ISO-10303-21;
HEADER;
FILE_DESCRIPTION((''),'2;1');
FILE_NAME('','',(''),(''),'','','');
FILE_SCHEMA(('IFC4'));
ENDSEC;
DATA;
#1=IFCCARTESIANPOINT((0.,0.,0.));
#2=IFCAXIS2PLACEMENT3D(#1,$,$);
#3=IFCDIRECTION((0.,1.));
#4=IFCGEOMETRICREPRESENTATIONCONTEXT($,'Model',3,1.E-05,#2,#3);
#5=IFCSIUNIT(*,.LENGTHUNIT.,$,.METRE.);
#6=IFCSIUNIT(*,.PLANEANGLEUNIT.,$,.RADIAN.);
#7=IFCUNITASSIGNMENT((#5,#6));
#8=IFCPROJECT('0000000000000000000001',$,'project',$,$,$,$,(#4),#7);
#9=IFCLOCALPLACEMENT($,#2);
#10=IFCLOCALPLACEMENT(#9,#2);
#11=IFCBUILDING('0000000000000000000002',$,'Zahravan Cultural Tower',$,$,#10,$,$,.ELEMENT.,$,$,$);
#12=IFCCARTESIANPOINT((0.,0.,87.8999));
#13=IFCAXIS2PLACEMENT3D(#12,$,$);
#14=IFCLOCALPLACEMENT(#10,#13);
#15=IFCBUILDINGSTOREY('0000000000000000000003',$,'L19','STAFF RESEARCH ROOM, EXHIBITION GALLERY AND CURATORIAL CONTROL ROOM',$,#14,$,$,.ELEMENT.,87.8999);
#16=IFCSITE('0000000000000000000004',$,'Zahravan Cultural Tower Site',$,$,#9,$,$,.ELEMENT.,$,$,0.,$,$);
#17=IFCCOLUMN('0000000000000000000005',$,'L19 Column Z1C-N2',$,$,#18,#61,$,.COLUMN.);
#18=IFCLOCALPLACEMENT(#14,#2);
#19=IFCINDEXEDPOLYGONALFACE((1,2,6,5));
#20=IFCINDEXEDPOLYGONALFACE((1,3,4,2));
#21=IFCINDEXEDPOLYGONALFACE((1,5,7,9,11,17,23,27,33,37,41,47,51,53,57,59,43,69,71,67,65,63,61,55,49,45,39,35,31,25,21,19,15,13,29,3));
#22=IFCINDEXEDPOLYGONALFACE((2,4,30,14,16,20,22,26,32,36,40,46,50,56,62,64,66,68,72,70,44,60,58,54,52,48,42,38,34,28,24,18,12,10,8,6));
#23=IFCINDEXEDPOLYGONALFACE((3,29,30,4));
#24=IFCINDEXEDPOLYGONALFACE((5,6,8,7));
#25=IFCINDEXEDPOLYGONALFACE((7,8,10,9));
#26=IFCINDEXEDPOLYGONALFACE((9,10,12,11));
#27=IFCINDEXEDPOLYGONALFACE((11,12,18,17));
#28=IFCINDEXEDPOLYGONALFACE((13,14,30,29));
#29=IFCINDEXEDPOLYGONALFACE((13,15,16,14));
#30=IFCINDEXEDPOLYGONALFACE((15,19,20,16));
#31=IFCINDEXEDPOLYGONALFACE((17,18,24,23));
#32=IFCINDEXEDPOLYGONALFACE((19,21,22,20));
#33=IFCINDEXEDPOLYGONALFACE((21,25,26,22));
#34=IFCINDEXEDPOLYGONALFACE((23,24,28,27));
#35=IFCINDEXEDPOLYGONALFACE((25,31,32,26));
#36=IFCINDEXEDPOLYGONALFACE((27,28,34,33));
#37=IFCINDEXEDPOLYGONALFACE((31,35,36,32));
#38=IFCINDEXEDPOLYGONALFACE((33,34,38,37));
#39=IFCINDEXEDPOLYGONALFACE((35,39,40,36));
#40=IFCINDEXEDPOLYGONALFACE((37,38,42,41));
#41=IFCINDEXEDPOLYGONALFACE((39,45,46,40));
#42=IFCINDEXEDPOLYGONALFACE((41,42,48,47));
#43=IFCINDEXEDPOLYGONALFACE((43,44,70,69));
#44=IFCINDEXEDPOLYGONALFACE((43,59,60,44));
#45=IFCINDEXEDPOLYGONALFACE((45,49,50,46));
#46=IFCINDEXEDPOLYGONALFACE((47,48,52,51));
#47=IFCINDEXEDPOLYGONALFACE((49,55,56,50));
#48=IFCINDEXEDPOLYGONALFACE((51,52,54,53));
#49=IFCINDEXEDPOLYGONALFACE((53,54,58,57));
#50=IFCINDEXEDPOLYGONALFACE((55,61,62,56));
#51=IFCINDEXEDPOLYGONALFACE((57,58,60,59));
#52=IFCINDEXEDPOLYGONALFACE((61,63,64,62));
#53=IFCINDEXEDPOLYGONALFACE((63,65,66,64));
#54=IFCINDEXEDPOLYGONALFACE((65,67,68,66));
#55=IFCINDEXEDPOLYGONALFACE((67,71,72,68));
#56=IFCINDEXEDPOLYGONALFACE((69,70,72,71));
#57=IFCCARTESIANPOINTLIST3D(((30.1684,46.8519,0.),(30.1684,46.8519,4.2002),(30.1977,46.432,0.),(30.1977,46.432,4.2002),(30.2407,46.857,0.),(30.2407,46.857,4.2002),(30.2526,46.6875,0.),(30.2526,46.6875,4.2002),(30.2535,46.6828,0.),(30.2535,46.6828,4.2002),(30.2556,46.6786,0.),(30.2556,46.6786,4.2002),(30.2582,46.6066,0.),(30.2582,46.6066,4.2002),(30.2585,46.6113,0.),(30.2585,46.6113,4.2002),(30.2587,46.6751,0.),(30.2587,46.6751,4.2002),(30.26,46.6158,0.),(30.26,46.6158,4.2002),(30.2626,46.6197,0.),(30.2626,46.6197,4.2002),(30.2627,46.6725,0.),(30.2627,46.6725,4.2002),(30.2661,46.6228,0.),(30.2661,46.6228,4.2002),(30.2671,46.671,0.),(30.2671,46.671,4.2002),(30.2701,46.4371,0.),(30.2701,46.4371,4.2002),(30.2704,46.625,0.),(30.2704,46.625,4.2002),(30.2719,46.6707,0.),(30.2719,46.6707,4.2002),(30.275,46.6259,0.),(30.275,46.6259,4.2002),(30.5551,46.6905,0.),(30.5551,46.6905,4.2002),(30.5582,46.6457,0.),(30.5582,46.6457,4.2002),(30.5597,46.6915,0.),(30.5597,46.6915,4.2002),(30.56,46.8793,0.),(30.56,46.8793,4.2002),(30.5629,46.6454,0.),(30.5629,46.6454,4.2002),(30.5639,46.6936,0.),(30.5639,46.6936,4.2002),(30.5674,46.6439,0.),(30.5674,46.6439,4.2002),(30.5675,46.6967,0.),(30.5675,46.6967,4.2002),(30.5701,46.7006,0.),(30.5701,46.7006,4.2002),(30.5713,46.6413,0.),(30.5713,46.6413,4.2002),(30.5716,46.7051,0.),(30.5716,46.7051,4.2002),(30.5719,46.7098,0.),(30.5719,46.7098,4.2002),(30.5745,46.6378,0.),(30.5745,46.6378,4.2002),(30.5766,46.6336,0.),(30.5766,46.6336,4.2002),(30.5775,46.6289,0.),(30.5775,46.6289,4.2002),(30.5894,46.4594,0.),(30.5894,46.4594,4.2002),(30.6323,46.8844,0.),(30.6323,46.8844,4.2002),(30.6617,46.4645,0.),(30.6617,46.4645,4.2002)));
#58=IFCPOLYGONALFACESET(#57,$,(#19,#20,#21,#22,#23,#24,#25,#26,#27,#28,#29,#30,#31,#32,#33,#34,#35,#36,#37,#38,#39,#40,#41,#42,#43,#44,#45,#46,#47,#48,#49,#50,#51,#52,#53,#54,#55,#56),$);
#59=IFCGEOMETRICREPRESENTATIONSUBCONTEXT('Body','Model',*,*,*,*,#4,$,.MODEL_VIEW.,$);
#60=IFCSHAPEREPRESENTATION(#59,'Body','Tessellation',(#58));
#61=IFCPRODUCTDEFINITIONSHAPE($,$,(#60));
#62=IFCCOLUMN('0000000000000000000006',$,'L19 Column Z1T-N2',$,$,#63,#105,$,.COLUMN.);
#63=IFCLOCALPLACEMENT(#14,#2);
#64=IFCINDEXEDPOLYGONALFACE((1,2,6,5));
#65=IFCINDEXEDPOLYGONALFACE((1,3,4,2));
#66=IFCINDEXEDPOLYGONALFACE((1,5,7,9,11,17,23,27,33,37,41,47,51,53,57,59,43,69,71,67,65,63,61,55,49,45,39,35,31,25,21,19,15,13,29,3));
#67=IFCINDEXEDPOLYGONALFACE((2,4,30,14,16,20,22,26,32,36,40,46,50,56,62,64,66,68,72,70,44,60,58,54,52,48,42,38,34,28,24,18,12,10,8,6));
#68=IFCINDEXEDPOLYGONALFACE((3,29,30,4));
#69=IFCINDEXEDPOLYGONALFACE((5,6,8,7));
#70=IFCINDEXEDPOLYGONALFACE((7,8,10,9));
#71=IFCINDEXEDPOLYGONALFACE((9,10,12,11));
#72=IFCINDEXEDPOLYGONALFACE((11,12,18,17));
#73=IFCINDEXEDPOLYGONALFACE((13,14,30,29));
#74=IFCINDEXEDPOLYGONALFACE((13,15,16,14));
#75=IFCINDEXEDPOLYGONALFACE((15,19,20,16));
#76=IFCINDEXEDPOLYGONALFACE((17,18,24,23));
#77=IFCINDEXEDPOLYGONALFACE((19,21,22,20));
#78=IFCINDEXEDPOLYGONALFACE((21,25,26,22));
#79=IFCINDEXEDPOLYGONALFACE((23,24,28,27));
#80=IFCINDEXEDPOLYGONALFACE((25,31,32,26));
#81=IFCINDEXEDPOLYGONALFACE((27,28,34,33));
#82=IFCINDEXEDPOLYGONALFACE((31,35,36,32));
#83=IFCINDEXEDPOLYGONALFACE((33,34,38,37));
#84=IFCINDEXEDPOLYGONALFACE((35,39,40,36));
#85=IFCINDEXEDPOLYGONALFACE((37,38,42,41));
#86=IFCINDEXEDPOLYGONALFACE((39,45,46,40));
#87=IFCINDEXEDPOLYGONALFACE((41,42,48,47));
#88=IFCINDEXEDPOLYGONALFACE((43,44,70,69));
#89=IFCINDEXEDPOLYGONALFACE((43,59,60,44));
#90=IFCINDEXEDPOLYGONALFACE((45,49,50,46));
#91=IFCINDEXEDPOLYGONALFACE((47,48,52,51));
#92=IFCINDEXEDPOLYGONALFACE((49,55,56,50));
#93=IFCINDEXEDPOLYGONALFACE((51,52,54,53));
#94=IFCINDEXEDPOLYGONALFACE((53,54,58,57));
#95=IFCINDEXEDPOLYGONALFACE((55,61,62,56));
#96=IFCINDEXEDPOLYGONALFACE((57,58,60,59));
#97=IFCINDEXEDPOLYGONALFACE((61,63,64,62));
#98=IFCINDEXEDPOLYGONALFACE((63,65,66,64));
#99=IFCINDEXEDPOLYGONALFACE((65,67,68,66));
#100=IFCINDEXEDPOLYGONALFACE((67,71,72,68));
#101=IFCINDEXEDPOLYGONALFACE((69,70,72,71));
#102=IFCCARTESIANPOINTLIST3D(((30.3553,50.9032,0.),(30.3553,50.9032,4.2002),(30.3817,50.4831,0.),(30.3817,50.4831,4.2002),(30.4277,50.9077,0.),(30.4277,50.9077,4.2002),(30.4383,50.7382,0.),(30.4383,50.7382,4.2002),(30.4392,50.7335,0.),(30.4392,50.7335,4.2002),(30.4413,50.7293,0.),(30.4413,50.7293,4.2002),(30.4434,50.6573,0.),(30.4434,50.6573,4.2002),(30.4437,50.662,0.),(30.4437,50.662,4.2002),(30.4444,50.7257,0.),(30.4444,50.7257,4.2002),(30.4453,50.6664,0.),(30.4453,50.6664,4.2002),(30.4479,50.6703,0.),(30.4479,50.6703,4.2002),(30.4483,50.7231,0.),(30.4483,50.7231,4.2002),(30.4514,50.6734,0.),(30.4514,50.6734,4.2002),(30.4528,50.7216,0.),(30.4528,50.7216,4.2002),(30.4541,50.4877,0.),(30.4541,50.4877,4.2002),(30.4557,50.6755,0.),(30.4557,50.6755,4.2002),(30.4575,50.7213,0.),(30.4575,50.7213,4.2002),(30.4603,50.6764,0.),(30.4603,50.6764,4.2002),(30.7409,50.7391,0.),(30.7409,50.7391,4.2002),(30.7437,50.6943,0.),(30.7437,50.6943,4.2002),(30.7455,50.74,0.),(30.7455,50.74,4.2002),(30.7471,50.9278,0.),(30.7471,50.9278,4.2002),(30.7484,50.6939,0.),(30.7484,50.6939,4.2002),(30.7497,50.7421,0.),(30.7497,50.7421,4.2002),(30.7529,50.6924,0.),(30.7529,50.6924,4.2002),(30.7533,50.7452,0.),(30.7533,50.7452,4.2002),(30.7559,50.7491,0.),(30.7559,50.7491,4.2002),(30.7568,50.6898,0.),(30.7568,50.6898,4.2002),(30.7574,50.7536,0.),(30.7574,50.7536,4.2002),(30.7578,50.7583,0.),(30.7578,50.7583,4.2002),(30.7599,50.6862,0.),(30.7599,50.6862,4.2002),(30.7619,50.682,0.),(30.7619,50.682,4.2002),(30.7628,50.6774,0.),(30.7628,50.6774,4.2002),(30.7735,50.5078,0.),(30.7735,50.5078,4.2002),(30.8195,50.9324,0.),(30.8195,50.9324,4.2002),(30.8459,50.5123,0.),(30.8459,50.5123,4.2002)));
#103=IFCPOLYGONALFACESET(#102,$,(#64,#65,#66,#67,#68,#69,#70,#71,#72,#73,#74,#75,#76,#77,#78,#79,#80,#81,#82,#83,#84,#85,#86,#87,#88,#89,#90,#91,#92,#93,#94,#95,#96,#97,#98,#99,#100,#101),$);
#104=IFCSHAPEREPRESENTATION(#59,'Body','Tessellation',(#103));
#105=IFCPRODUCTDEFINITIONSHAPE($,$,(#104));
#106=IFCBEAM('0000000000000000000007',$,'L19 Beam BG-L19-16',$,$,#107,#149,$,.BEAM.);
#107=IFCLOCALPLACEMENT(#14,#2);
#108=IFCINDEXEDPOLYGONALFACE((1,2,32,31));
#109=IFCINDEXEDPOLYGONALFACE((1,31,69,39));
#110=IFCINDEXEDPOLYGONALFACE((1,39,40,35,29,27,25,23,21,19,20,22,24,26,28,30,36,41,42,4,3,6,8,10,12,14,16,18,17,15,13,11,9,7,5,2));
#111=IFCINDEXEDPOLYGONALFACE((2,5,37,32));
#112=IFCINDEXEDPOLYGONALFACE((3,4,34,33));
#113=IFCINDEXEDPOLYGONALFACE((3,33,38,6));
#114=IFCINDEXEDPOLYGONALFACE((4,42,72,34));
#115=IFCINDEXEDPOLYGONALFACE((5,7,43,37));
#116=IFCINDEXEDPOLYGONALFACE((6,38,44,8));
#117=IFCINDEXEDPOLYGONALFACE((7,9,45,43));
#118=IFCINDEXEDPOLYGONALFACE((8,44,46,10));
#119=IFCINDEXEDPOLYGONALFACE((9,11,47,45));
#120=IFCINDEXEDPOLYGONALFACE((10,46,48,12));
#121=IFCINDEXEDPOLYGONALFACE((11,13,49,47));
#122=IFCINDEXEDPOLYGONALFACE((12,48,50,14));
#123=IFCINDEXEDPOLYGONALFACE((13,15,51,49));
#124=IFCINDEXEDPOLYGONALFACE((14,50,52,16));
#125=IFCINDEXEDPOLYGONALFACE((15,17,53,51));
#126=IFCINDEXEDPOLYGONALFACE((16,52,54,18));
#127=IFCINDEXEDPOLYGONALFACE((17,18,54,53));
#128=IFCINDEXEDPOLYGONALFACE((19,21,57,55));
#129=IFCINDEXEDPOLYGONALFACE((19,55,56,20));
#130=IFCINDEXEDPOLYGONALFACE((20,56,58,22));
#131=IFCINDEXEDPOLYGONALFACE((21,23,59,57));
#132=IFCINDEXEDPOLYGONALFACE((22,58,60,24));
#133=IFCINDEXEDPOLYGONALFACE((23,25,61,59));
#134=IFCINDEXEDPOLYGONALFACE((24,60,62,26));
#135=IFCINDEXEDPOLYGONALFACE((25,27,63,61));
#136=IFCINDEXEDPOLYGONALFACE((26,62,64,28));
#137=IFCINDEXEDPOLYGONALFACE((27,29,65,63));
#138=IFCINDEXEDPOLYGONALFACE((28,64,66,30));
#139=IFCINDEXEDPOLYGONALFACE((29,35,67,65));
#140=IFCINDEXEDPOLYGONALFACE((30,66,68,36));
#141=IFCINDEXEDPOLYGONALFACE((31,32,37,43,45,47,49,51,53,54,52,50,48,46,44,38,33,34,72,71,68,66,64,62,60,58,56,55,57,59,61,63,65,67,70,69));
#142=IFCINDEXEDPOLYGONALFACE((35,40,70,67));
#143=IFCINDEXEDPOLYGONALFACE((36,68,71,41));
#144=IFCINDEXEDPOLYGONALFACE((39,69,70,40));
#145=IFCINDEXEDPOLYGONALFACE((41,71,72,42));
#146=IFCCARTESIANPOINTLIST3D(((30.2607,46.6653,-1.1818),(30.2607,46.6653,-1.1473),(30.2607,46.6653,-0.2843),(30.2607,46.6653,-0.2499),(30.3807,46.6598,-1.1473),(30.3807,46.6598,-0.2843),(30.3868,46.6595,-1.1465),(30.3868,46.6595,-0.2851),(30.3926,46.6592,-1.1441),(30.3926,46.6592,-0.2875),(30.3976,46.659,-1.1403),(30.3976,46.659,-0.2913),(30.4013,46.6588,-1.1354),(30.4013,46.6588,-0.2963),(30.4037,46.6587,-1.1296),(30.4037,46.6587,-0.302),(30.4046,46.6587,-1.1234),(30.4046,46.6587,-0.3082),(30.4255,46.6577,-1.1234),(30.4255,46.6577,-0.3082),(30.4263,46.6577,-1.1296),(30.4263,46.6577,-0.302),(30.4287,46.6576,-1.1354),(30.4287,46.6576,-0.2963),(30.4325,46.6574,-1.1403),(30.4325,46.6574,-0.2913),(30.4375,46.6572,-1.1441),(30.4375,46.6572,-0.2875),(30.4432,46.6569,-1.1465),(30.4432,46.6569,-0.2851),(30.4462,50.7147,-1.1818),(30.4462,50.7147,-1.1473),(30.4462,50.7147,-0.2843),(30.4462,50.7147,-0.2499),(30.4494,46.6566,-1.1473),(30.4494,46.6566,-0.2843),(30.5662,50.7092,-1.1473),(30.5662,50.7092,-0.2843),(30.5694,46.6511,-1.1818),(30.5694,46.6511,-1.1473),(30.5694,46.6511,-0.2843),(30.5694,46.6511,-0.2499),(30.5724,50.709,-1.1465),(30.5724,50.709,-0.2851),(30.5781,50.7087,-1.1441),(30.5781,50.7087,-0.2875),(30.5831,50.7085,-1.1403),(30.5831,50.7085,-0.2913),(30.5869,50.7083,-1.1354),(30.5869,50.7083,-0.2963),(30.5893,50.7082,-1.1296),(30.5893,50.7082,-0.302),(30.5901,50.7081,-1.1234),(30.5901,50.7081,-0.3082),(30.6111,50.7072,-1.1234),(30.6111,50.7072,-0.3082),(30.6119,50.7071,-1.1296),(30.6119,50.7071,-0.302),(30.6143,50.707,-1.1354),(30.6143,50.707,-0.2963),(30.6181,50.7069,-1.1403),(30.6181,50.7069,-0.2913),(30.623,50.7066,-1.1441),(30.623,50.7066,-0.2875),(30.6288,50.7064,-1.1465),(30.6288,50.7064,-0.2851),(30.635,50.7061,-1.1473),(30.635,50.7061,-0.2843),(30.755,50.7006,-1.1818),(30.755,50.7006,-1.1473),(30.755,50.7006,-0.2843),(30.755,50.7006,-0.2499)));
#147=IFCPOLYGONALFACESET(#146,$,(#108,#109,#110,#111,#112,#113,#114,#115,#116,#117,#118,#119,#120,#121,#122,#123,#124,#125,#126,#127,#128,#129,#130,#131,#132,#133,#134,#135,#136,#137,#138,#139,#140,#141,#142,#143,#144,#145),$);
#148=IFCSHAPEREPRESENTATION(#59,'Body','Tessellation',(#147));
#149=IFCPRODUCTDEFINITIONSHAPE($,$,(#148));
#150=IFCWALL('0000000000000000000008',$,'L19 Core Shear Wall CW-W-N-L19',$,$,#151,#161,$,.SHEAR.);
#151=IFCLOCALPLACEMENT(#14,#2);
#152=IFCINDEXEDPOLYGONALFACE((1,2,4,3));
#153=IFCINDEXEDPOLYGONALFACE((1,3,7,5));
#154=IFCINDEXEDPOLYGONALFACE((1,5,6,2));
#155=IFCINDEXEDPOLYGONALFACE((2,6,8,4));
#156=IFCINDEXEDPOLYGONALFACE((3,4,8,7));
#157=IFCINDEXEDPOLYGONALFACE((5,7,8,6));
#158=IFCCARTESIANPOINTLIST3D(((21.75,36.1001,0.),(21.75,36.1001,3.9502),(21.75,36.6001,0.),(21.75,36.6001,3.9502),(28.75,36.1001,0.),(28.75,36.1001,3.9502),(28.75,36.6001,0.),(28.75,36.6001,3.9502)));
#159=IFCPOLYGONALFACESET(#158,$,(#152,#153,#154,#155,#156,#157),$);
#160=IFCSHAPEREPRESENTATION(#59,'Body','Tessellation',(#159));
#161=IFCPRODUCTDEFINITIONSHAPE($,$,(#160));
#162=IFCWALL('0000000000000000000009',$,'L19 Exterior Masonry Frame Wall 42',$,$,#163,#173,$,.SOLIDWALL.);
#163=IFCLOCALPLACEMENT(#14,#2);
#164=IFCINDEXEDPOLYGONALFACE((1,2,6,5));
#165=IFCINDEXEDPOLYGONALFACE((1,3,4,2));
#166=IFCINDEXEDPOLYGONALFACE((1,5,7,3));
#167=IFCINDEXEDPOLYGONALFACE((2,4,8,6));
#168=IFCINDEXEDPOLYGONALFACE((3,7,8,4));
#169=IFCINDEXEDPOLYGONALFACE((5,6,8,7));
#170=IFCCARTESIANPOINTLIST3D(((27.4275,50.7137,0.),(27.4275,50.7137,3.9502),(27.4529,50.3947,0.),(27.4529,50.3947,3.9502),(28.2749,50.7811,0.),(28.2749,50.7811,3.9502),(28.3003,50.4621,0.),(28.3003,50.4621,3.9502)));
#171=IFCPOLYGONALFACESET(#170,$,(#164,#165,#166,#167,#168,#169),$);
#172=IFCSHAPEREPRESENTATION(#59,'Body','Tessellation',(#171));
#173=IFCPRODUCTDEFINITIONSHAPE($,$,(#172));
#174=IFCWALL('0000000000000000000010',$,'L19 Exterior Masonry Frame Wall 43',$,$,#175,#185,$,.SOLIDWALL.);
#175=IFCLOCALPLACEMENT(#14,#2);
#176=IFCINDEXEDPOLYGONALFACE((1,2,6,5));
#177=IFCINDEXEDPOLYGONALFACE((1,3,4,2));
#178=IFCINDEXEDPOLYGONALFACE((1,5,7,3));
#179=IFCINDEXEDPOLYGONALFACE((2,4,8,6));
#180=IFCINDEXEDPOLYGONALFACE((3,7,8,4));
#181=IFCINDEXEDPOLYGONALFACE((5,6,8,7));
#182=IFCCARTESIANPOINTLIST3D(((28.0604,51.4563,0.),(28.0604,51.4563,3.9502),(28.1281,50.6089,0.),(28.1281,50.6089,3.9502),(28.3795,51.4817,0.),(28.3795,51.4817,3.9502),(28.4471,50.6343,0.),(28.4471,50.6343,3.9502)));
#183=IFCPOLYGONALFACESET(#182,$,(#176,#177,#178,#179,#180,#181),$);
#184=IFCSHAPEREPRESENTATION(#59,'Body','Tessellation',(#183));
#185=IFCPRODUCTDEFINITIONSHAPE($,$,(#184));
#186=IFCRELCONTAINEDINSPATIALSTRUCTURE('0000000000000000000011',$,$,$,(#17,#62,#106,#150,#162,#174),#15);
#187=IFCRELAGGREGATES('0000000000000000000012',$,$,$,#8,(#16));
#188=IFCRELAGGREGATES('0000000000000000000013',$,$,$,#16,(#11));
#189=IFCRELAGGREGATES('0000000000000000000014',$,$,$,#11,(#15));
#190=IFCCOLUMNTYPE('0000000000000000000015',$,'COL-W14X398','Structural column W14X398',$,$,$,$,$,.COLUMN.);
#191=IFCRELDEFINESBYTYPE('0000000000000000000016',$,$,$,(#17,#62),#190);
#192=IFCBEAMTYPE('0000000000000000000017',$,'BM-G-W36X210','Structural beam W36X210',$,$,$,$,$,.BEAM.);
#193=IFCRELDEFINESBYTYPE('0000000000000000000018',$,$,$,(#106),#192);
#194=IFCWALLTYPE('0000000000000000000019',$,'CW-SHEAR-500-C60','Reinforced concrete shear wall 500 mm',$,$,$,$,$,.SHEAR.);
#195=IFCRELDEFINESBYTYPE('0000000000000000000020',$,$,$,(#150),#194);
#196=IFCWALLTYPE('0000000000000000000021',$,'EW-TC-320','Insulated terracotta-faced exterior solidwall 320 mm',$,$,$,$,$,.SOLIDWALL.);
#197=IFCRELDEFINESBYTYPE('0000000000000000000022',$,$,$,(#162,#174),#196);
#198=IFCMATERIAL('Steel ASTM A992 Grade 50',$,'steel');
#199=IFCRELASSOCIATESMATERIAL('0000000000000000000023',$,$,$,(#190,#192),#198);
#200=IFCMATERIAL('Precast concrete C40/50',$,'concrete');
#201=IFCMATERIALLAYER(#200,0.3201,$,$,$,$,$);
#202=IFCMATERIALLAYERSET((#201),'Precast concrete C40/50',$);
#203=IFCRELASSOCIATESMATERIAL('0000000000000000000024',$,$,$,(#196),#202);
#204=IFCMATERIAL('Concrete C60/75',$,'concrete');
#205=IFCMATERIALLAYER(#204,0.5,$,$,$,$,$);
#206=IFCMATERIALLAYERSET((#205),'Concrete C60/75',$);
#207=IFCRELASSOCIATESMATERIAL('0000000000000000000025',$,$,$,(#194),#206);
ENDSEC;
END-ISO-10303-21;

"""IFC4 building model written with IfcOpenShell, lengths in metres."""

from ifc_helpers import new_model, si_unit, direction, frame, frame_2d, origin, origin_2d, place, context, subcontext, project, spatial, rectangle, i_section, extrude, source, transform, mapped, material, layer, layer_set, material_profile, profile_set, type_object, element, save


model = new_model("IFC4")

# Units and contexts
model_context = context("Model", 3, precision=1e-05, world=origin(), true_north=direction((0.0, 1.0)))
body_context = subcontext(model_context, "Body", "Model", "MODEL_VIEW")
ifc_project = project(units=[si_unit("LENGTHUNIT", "METRE"), si_unit("PLANEANGLEUNIT", "RADIAN")], contexts=[model_context])

# Site, building, storey
site_placement = place(None, origin())
site = spatial("IfcSite", under=ifc_project, at=site_placement, Name="Zahravan Cultural Tower Site", CompositionType="ELEMENT", RefElevation=0.0)
building_placement = place(site_placement, origin())
building = spatial("IfcBuilding", under=site, at=building_placement, Name="Zahravan Cultural Tower", CompositionType="ELEMENT")
storey_placement = place(building_placement, frame((0.0, 0.0, 87.8999)))
storey = spatial("IfcBuildingStorey", under=building, at=storey_placement, Name="L19", Description="STAFF RESEARCH ROOM, EXHIBITION GALLERY AND CURATORIAL CONTROL ROOM", CompositionType="ELEMENT", Elevation=87.8999)

# Columns
ifc_material_1 = material(Name="Steel ASTM A992 Grade 50", Category="steel")
ifc_material_profile_1 = material_profile(ifc_material_1, i_section(OverallWidth=0.4209, OverallDepth=0.4651, WebThickness=0.0449, FlangeThickness=0.0725, FilletRadius=0.0181, at=origin_2d()), Name="W14X398")
ifc_profile_set_1 = profile_set([ifc_material_profile_1], Name="Steel ASTM A992 Grade 50")
column_type = type_object("IfcColumnType", Name="COL-W14X398", Description="Structural column W14X398", PredefinedType="COLUMN", material=ifc_profile_set_1)
shared_shape_1 = source(origin(), body_context, "Body", "SweptSolid", [
    extrude(i_section(OverallWidth=0.4209, OverallDepth=0.4651, WebThickness=0.0449, FlangeThickness=0.0725, FilletRadius=0.0181, at=origin_2d()), origin(), (0.0, 0.0, 1.0), 4.2002),
])
for number, where, z_axis, x_axis, name in (
    (1, (30.415, 46.6582, 0.0), (0.0, 0.0, 1.0), (-0.069756, 0.997564, 0.0), "L19 Column Z1C-N2"),
    (2, (30.6006, 50.7078, 0.0), (0.0, 0.0, 1.0), (-0.062791, 0.998027, 0.0), "L19 Column Z1T-N2"),
):
    element("IfcColumn", number, at=place(storey_placement, frame(where, z_axis=z_axis, x_axis=x_axis)), inside=storey, type_object=column_type, Name=name, PredefinedType="COLUMN", context=body_context, shape_type="MappedRepresentation", body=[
        mapped(shared_shape_1, transform((0.0, 0.0, 0.0), x_axis=(1.0, 0.0, 0.0), y_axis=(0.0, 1.0, 0.0), z_axis=(0.0, 0.0, 1.0), scale=1.0)),
    ])

# Beam
ifc_material_profile_2 = material_profile(ifc_material_1, i_section(OverallWidth=0.3091, OverallDepth=0.9319, WebThickness=0.021, FlangeThickness=0.0344, FilletRadius=0.0239, at=origin_2d()), Name="W36X210")
ifc_profile_set_2 = profile_set([ifc_material_profile_2], Name="Steel ASTM A992 Grade 50")
beam_type = type_object("IfcBeamType", Name="BM-G-W36X210", Description="Structural beam W36X210", PredefinedType="BEAM", material=ifc_profile_set_2)
shared_shape_2 = source(origin(), body_context, "Body", "SweptSolid", [
    extrude(i_section(OverallWidth=0.3091, OverallDepth=0.9319, WebThickness=0.021, FlangeThickness=0.0344, FilletRadius=0.0239, at=origin_2d()), origin(), (0.0, 0.0, 1.0), 4.0537),
])
beam_placement = place(storey_placement, frame((30.415, 46.6582, -0.7158), z_axis=(0.045771, 0.998952, 0.0), x_axis=(-0.998952, 0.045771, 0.0)))
element("IfcBeam", 3, at=beam_placement, inside=storey, type_object=beam_type, Name="L19 Beam BG-L19-16", PredefinedType="BEAM", context=body_context, shape_type="MappedRepresentation", body=[
    mapped(shared_shape_2, transform((0.0, 0.0, 0.0), x_axis=(1.0, 0.0, 0.0), y_axis=(0.0, 1.0, 0.0), z_axis=(0.0, 0.0, 1.0), scale=1.0)),
])

# Shared definitions
ifc_material_2 = material(Name="Precast concrete C40/50", Category="concrete")
ifc_layer_1 = layer(ifc_material_2, 0.3201)
ifc_layer_set_1 = layer_set([ifc_layer_1], Name="Precast concrete C40/50")
wall_type_1 = type_object("IfcWallType", Name="EW-TC-320", Description="Insulated terracotta-faced exterior solidwall 320 mm", PredefinedType="SOLIDWALL", material=ifc_layer_set_1)

# Walls
ifc_material_3 = material(Name="Concrete C60/75", Category="concrete")
ifc_layer_2 = layer(ifc_material_3, 0.5)
ifc_layer_set_2 = layer_set([ifc_layer_2], Name="Concrete C60/75")
wall_type_2 = type_object("IfcWallType", Name="CW-SHEAR-500-C60", Description="Reinforced concrete shear wall 500 mm", PredefinedType="SHEAR", material=ifc_layer_set_2)
shared_shape_3 = source(origin(), body_context, "Body", "SweptSolid", [
    extrude(rectangle(XDim=7.0, YDim=0.5, at=frame_2d((3.5, 0.0))), origin(), (0.0, 0.0, 1.0), 3.9502),
])
wall_1_placement = place(storey_placement, frame((21.75, 36.3501, 0.0), z_axis=(0.0, 0.0, 1.0), x_axis=(1.0, 0.0, 0.0)))
element("IfcWall", 4, at=wall_1_placement, inside=storey, type_object=wall_type_2, Name="L19 Core Shear Wall CW-W-N-L19", PredefinedType="SHEAR", context=body_context, shape_type="MappedRepresentation", body=[
    mapped(shared_shape_3, transform((0.0, 0.0, 0.0), x_axis=(1.0, 0.0, 0.0), y_axis=(0.0, 1.0, 0.0), z_axis=(0.0, 0.0, 1.0), scale=1.0)),
])
shared_shape_4 = source(origin(), body_context, "Body", "SweptSolid", [
    extrude(rectangle(XDim=0.8501, YDim=0.3201, at=frame_2d((0.425, 0.0))), origin(), (0.0, 0.0, 1.0), 3.9502),
])
for number, where, z_axis, x_axis, name in (
    (5, (27.4402, 50.5542, 0.0), (0.0, 0.0, 1.0), (0.996854, 0.079266, 0.0), "L19 Exterior Masonry Frame Wall 42"),
    (6, (28.2876, 50.6216, 0.0), (0.0, 0.0, 1.0), (-0.079551, 0.996831, 0.0), "L19 Exterior Masonry Frame Wall 43"),
):
    element("IfcWall", number, at=place(storey_placement, frame(where, z_axis=z_axis, x_axis=x_axis)), inside=storey, type_object=wall_type_1, Name=name, PredefinedType="SOLIDWALL", context=body_context, shape_type="MappedRepresentation", body=[
        mapped(shared_shape_4, transform((0.0, 0.0, 0.0), x_axis=(1.0, 0.0, 0.0), y_axis=(0.0, 1.0, 0.0), z_axis=(0.0, 0.0, 1.0), scale=1.0)),
    ])

save(model, "model.ifc")
